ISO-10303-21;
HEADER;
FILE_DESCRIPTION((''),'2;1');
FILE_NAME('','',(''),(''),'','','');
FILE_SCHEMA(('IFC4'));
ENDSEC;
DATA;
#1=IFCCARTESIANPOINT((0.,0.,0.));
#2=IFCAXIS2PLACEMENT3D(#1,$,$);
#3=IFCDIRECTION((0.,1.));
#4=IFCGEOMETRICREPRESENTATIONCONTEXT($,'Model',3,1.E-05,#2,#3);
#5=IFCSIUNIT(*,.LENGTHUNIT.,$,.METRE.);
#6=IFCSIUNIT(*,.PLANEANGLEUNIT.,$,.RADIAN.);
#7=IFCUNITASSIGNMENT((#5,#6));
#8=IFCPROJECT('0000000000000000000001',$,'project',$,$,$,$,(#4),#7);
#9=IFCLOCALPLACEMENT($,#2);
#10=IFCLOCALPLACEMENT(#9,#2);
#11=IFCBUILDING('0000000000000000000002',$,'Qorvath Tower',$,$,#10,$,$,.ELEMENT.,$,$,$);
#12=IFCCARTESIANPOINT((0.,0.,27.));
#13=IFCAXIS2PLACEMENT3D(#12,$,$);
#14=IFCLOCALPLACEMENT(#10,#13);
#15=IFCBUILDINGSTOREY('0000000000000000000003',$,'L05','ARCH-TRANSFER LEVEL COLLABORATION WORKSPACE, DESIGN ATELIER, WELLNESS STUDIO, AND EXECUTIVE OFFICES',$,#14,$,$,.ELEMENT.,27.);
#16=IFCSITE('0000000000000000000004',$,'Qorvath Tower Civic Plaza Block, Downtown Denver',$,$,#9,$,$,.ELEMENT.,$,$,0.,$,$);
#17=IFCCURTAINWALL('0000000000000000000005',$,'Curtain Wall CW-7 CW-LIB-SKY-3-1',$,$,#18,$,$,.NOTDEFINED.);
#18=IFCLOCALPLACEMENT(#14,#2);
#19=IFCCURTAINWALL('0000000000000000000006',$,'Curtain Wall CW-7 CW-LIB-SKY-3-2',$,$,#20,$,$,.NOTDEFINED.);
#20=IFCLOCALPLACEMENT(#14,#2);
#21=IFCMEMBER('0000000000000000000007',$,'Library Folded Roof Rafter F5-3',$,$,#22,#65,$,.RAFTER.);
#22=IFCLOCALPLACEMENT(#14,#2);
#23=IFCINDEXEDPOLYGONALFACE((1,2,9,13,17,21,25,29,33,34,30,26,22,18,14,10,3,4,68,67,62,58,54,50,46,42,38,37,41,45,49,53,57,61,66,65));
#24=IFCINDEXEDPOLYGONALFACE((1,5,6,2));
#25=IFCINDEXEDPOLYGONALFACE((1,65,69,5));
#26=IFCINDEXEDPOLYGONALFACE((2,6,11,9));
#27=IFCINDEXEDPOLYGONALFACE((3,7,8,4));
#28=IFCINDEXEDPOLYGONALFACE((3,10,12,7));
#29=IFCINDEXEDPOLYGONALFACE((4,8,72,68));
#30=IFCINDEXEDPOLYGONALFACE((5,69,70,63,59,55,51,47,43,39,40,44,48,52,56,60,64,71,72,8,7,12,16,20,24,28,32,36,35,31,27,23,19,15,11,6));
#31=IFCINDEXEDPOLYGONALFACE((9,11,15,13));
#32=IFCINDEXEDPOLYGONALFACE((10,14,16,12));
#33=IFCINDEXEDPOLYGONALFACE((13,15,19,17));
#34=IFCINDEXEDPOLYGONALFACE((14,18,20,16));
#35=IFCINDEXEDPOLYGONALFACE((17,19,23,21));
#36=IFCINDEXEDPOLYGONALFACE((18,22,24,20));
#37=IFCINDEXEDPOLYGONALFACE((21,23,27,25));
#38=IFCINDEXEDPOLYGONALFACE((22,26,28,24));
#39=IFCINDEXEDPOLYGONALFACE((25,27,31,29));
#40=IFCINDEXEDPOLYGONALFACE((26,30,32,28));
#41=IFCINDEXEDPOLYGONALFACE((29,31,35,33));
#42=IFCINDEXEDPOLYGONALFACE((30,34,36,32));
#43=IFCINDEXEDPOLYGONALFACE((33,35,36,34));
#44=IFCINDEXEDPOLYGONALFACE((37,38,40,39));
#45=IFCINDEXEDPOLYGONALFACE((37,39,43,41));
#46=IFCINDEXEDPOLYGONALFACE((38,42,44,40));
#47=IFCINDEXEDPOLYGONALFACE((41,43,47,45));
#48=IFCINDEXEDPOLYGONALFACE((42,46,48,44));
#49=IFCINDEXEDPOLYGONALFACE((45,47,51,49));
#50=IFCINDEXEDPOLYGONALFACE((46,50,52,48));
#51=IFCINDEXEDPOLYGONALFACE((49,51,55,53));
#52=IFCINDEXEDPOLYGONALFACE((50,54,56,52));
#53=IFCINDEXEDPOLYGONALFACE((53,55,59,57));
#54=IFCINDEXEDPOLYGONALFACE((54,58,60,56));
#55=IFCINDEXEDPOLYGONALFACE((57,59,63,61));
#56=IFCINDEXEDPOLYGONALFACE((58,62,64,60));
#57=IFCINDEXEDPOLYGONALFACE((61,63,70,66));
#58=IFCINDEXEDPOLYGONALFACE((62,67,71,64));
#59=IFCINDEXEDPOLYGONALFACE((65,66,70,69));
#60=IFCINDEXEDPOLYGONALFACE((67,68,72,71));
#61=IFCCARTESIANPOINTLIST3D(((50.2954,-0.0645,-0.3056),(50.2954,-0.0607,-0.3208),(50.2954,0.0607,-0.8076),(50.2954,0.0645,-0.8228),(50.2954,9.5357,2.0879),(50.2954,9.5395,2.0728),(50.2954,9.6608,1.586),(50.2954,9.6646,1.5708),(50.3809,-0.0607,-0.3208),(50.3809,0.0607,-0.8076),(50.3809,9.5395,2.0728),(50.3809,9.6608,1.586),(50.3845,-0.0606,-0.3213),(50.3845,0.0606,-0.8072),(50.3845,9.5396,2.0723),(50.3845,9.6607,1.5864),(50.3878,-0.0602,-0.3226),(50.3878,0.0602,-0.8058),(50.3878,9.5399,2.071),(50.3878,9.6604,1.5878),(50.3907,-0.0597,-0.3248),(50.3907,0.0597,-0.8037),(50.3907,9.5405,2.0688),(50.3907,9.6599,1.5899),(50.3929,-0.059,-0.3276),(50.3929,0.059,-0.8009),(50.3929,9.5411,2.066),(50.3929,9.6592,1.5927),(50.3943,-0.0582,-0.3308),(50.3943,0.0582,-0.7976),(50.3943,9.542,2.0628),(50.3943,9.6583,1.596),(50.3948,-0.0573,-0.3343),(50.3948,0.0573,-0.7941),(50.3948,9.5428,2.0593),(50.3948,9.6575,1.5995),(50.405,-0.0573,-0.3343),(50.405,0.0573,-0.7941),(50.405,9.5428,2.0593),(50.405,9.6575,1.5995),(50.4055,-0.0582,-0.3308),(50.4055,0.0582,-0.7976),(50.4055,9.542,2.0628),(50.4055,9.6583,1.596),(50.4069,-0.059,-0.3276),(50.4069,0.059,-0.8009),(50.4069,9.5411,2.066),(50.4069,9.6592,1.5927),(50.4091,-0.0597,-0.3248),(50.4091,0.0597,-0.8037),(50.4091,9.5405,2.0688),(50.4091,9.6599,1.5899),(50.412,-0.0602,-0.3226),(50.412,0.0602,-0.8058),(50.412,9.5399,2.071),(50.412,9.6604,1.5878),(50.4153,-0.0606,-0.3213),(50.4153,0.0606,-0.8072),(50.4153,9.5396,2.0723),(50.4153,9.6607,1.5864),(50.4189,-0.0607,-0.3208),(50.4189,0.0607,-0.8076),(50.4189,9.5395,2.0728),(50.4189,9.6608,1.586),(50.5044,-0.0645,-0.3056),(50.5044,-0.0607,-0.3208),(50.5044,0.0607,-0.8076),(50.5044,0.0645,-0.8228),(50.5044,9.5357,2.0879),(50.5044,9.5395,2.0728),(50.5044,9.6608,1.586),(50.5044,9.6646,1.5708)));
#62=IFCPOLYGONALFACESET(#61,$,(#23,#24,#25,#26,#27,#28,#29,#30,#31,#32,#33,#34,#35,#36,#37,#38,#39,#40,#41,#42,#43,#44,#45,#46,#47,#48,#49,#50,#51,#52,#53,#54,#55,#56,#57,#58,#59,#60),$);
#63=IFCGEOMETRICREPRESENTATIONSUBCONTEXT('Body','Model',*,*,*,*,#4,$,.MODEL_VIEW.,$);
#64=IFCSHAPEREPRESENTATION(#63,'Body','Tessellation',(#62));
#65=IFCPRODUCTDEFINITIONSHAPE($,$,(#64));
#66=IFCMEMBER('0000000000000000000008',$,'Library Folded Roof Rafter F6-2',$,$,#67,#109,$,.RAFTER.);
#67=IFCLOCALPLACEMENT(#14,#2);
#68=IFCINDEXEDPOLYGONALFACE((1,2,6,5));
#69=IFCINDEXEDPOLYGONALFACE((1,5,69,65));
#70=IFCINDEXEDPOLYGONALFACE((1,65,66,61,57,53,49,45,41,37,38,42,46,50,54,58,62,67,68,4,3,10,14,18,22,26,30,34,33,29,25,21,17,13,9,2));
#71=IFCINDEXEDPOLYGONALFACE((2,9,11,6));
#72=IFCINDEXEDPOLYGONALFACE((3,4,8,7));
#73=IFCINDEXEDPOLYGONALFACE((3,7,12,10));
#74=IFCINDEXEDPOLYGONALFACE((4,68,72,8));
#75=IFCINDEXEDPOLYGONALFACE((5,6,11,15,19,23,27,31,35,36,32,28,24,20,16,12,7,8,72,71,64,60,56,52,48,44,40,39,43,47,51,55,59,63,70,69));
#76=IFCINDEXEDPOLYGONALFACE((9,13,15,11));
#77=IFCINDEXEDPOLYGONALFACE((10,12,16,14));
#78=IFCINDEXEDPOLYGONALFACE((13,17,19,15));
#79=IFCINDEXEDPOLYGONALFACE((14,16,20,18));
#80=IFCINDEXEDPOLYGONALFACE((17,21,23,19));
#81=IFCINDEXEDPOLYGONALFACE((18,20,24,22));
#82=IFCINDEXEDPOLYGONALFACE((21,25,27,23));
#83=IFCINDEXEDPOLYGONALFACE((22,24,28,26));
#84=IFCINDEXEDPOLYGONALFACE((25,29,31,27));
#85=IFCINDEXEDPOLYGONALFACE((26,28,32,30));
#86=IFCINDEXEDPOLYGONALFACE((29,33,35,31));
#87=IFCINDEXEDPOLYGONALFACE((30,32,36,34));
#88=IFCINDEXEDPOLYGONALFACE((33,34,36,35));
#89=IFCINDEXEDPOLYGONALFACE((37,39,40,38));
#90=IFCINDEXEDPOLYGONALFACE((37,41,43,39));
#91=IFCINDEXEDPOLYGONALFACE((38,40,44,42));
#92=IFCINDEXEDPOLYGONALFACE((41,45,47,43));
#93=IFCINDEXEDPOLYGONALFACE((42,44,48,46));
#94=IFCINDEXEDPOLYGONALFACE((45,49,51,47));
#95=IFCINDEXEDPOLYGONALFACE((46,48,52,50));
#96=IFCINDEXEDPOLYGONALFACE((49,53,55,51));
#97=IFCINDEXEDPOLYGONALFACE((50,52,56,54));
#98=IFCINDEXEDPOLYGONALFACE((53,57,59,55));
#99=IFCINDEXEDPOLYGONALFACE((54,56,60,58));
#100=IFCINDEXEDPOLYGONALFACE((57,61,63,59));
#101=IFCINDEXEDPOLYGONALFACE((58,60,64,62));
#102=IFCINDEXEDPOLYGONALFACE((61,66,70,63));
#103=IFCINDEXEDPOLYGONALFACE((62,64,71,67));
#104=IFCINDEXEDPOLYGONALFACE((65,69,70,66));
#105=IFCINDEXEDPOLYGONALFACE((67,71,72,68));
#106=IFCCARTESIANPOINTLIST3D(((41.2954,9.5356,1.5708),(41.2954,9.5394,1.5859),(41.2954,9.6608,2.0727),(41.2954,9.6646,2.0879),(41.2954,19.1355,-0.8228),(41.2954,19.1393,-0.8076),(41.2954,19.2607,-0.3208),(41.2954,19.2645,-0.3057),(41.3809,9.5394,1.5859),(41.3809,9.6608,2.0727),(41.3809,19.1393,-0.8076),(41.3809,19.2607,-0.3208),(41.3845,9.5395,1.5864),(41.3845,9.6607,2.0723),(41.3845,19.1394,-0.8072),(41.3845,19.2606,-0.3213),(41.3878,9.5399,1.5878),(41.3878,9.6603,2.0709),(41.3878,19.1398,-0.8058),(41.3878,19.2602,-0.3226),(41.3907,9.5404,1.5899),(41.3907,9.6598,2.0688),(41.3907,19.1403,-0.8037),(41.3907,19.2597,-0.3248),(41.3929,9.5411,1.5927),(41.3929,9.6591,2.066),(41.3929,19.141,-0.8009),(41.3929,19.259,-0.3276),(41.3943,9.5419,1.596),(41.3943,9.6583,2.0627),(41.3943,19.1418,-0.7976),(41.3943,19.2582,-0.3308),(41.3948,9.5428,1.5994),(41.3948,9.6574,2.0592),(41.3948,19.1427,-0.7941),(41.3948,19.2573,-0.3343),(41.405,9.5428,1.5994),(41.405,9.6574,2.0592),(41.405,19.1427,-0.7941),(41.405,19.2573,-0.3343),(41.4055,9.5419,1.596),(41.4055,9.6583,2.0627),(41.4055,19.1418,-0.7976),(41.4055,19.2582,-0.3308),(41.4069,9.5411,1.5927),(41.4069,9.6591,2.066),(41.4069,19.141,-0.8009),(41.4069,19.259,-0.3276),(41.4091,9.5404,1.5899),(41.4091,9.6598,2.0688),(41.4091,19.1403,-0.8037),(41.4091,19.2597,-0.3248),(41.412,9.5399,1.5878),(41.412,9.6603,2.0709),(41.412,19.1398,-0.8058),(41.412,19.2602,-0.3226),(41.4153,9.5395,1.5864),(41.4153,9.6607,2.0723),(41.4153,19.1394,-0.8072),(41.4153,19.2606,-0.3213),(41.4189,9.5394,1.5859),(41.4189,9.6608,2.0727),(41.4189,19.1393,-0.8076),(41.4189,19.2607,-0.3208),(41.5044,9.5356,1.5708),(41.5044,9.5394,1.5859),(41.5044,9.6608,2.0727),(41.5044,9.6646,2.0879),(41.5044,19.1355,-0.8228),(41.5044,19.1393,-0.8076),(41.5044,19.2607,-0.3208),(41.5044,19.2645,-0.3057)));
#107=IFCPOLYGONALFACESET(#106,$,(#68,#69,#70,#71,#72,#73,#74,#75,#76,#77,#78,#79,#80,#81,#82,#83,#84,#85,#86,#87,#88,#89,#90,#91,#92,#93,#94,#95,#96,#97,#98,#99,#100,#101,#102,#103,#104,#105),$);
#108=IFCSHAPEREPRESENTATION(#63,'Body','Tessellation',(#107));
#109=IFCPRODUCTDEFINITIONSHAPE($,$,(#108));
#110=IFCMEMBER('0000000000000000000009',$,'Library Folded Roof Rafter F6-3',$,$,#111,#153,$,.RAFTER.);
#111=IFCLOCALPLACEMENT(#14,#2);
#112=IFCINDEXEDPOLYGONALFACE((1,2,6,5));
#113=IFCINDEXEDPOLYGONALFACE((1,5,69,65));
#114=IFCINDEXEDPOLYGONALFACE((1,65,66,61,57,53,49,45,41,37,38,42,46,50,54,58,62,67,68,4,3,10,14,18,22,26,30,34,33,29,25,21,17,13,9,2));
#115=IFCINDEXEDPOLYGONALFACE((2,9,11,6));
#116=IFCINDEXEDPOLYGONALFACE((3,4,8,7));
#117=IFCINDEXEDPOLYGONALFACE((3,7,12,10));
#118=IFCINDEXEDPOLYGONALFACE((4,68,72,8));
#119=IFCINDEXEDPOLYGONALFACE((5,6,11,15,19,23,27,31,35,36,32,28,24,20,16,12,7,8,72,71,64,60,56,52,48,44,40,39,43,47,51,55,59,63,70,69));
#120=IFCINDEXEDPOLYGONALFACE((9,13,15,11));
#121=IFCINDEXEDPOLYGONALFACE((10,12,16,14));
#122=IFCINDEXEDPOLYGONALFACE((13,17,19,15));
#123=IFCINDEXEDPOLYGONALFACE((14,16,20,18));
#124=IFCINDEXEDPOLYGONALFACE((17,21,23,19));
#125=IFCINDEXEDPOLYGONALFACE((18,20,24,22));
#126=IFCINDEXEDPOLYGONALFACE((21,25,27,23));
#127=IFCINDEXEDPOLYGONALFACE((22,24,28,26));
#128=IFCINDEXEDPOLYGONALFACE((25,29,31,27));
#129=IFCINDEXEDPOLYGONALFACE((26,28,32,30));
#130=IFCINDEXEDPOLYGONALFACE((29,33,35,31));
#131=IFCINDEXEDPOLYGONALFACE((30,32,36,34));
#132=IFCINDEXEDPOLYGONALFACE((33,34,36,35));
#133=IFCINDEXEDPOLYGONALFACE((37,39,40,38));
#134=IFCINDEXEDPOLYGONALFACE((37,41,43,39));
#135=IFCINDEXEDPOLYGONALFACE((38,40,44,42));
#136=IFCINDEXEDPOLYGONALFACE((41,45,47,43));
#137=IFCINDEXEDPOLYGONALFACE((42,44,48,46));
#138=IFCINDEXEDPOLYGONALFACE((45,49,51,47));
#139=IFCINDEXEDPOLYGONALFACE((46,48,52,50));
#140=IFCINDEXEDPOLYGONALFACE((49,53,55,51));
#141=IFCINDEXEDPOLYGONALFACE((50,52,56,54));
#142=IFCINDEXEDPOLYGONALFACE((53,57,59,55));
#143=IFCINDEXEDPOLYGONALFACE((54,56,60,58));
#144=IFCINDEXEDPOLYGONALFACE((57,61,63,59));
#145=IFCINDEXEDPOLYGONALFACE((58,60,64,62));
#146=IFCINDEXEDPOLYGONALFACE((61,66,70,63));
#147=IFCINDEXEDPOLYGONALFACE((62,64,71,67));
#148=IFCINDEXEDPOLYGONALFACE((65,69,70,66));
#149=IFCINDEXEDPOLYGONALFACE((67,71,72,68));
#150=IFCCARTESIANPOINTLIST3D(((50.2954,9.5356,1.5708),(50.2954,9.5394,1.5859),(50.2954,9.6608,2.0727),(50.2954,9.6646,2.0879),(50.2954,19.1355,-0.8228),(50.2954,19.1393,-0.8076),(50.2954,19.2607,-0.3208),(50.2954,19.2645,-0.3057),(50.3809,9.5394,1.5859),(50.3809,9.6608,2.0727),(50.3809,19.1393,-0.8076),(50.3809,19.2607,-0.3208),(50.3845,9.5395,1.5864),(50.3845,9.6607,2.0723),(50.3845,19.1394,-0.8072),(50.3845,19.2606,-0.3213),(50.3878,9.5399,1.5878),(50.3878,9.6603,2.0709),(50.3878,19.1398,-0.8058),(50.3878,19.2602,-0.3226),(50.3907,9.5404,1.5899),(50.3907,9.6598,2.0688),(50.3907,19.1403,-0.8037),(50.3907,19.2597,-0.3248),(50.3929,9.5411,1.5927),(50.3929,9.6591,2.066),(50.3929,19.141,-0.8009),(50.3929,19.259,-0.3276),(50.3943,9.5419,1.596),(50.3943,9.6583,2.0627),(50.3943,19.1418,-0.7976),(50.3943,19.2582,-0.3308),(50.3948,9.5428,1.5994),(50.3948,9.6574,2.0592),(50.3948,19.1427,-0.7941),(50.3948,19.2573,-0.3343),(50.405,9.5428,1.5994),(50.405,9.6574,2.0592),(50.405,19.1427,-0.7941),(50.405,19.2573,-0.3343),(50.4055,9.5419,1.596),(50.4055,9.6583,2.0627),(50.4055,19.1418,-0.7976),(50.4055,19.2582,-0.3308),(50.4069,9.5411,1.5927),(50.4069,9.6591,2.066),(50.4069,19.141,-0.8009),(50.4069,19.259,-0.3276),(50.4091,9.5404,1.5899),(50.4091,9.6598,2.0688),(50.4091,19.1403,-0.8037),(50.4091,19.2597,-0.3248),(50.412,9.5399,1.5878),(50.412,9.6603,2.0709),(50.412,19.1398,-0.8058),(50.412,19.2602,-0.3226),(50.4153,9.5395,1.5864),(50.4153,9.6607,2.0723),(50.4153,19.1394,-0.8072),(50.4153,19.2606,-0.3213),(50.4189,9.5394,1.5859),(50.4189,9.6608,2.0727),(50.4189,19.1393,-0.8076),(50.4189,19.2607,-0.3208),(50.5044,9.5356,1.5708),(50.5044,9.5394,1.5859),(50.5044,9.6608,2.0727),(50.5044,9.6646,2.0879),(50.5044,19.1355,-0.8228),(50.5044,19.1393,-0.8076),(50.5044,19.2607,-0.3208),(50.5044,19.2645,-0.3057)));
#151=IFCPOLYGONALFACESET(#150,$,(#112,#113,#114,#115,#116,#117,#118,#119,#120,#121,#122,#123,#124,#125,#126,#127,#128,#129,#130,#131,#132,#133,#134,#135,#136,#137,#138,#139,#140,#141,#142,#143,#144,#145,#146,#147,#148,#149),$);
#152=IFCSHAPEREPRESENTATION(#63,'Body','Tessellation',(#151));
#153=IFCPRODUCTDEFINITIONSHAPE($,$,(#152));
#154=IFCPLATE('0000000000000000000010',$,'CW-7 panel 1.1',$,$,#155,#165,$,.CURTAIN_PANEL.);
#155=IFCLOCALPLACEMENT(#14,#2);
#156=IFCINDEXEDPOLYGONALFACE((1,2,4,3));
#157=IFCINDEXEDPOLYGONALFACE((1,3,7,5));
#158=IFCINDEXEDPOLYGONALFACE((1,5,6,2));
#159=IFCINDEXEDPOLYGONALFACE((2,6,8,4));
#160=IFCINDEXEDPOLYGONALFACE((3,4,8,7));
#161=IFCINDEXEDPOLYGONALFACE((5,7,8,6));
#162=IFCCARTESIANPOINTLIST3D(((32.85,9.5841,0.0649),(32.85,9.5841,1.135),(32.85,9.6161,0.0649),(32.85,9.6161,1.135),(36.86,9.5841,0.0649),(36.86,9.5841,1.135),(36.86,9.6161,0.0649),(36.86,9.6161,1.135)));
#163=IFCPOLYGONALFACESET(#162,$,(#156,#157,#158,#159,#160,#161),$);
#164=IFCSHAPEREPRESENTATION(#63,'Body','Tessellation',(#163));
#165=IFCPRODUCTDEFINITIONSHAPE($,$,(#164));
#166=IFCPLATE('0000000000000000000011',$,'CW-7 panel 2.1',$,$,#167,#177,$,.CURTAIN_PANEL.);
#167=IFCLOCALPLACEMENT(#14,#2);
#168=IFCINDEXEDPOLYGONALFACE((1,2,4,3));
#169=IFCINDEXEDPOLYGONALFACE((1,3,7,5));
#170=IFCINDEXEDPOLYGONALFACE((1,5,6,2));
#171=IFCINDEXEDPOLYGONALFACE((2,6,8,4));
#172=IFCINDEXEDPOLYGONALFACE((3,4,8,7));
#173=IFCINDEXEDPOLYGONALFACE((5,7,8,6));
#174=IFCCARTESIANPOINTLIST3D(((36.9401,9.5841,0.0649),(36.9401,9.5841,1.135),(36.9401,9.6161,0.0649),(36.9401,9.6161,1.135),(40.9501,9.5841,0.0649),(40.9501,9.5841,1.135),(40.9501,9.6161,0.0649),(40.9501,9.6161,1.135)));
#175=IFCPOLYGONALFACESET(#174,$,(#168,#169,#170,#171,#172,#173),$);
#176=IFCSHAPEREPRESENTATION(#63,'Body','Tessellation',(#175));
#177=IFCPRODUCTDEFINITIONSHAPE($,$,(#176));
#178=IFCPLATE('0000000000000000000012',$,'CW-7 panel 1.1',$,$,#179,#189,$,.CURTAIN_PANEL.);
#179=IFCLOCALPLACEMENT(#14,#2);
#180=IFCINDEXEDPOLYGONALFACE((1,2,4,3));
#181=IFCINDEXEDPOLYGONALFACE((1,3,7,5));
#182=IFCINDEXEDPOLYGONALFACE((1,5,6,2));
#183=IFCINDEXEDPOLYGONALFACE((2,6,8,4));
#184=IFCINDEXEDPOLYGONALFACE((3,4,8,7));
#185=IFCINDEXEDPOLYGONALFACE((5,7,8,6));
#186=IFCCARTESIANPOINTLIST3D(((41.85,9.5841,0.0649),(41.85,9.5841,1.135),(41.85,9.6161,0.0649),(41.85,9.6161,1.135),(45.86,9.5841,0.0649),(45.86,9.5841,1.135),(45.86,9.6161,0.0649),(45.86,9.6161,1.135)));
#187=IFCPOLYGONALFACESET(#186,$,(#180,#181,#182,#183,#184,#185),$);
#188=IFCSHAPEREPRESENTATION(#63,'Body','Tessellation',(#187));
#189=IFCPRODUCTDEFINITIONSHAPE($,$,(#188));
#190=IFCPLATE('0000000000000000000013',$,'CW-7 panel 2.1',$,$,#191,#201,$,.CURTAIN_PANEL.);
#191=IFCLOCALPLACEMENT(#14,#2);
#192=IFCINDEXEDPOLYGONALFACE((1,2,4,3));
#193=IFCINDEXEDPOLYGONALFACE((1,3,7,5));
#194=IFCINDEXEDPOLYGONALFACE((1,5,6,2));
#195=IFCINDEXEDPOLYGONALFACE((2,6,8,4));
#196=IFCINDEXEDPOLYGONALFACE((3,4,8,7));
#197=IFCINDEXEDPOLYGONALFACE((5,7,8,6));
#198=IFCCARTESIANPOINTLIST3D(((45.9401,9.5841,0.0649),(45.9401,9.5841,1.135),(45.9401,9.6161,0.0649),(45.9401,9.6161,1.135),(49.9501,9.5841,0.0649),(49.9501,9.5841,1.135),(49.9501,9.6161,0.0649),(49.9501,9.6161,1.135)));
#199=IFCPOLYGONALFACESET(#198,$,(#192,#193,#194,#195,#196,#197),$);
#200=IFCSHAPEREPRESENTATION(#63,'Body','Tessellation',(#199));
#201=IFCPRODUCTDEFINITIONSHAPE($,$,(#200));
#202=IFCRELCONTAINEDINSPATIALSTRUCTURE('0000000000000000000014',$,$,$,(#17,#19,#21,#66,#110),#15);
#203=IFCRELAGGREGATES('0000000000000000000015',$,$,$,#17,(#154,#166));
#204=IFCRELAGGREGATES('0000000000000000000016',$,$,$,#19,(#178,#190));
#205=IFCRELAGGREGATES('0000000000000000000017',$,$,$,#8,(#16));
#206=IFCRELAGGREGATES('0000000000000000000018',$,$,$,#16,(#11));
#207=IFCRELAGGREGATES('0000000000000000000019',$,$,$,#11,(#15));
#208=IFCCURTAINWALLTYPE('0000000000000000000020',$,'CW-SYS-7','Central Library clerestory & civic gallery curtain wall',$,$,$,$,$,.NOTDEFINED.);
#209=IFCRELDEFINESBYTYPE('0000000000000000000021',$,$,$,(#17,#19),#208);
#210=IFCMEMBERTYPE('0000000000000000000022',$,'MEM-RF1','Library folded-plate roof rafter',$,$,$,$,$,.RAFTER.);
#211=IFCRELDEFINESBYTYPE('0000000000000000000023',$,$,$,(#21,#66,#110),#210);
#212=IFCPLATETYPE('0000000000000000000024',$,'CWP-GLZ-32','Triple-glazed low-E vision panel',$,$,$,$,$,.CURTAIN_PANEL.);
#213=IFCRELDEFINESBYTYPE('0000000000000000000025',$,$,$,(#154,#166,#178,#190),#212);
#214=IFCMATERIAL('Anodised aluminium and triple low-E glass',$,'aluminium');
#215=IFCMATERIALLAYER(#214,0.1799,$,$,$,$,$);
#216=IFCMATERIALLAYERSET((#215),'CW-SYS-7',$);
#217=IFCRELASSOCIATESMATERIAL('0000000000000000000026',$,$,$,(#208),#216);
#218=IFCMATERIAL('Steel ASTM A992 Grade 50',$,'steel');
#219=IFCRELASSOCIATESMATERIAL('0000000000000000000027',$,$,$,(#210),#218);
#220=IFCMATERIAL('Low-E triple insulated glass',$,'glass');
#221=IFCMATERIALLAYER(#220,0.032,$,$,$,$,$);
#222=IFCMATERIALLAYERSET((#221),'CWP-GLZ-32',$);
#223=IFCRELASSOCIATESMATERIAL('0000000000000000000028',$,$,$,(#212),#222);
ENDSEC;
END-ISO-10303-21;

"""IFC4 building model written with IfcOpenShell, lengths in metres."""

from ifc_helpers import new_model, si_unit, direction, frame, origin, origin_2d, place, context, subcontext, project, spatial, rectangle, i_section, extrude, material, layer, layer_set, material_profile, profile_set, type_object, element, aggregate, save


model = new_model("IFC4")

# Units and contexts
model_context = context("Model", 3, precision=1e-05, world=origin(), true_north=direction((0.0, 1.0)))
body_context = subcontext(model_context, "Body", "Model", "MODEL_VIEW")
ifc_project = project(units=[si_unit("LENGTHUNIT", "METRE"), si_unit("PLANEANGLEUNIT", "RADIAN")], contexts=[model_context])

# Site, building, storey
site_placement = place(None, origin())
site = spatial("IfcSite", under=ifc_project, at=site_placement, Name="Qorvath Tower Civic Plaza Block, Downtown Denver", CompositionType="ELEMENT", RefElevation=0.0)
building_placement = place(site_placement, origin())
building = spatial("IfcBuilding", under=site, at=building_placement, Name="Qorvath Tower", CompositionType="ELEMENT")
storey_placement = place(building_placement, frame((0.0, 0.0, 27.0)))
storey = spatial("IfcBuildingStorey", under=building, at=storey_placement, Name="L05", Description="ARCH-TRANSFER LEVEL COLLABORATION WORKSPACE, DESIGN ATELIER, WELLNESS STUDIO, AND EXECUTIVE OFFICES", CompositionType="ELEMENT", Elevation=27.0)

# Curtain walls
ifc_material_1 = material(Name="Anodised aluminium and triple low-E glass", Category="aluminium")
ifc_layer_1 = layer(ifc_material_1, 0.1799)
ifc_layer_set_1 = layer_set([ifc_layer_1], Name="CW-SYS-7")
curtain_wall_type = type_object("IfcCurtainWallType", Name="CW-SYS-7", Description="Central Library clerestory & civic gallery curtain wall", PredefinedType="NOTDEFINED", material=ifc_layer_set_1)
curtain_wall_1_placement = place(storey_placement, origin())
curtain_wall_1 = element("IfcCurtainWall", 1, at=curtain_wall_1_placement, inside=storey, type_object=curtain_wall_type, Name="Curtain Wall CW-7 CW-LIB-SKY-3-1", PredefinedType="NOTDEFINED")
curtain_wall_2_placement = place(storey_placement, origin())
curtain_wall_2 = element("IfcCurtainWall", 2, at=curtain_wall_2_placement, inside=storey, type_object=curtain_wall_type, Name="Curtain Wall CW-7 CW-LIB-SKY-3-2", PredefinedType="NOTDEFINED")

# Members
ifc_material_2 = material(Name="Steel ASTM A992 Grade 50", Category="steel")
ifc_material_profile_1 = material_profile(ifc_material_2, i_section(OverallWidth=0.209, OverallDepth=0.533, WebThickness=0.0103, FlangeThickness=0.0156, FilletRadius=0.0139, at=origin_2d()), Name="W21x62")
ifc_profile_set_1 = profile_set([ifc_material_profile_1], Name="Steel ASTM A992 Grade 50")
member_type_1 = type_object("IfcMemberType", Name="MEM-RF1", Description="Library folded-plate roof rafter", PredefinedType="RAFTER", material=ifc_profile_set_1)
for number, where, z_axis, x_axis, name in (
    (3, (50.3999, 0.0, -0.5642), (0.0, 0.970296, 0.24192), (-1.0, 0.0, 0.0), "Library Folded Roof Rafter F5-3"),
):
    element("IfcMember", number, at=place(storey_placement, frame(where, z_axis=z_axis, x_axis=x_axis)), inside=storey, type_object=member_type_1, Name=name, PredefinedType="RAFTER", context=body_context, shape_type="SweptSolid", body=[
        extrude(i_section(OverallWidth=0.209, OverallDepth=0.533, WebThickness=0.0103, FlangeThickness=0.0156, FilletRadius=0.0139, at=origin_2d()), origin(), (0.0, 0.0, 1.0), 9.894),
    ])
for number, where, z_axis, x_axis, name in (
    (4, (41.3999, 9.6001, 1.8293), (0.0, 0.970295, -0.241926), (-1.0, 0.0, 0.0), "Library Folded Roof Rafter F6-2"),
    (5, (50.3999, 9.6001, 1.8293), (0.0, 0.970295, -0.241926), (-1.0, 0.0, 0.0), "Library Folded Roof Rafter F6-3"),
):
    element("IfcMember", number, at=place(storey_placement, frame(where, z_axis=z_axis, x_axis=x_axis)), inside=storey, type_object=member_type_1, Name=name, PredefinedType="RAFTER", context=body_context, shape_type="SweptSolid", body=[
        extrude(i_section(OverallWidth=0.209, OverallDepth=0.533, WebThickness=0.0103, FlangeThickness=0.0156, FilletRadius=0.0139, at=origin_2d()), origin(), (0.0, 0.0, 1.0), 9.8938),
    ])

# Plates
ifc_material_3 = material(Name="Low-E triple insulated glass", Category="glass")
ifc_layer_2 = layer(ifc_material_3, 0.032)
ifc_layer_set_2 = layer_set([ifc_layer_2], Name="CWP-GLZ-32")
plate_type = type_object("IfcPlateType", Name="CWP-GLZ-32", Description="Triple-glazed low-E vision panel", PredefinedType="CURTAIN_PANEL", material=ifc_layer_set_2)
plate_1_placement = place(storey_placement, frame((34.855, 9.6001, 0.0649), z_axis=(0.0, 0.0, 1.0), x_axis=(1.0, 0.0, 0.0)))
plate_1 = element("IfcPlate", 6, at=plate_1_placement, type_object=plate_type, Name="CW-7 panel 1.1", PredefinedType="CURTAIN_PANEL", context=body_context, shape_type="SweptSolid", body=[
    extrude(rectangle(XDim=4.01, YDim=0.032, at=origin_2d()), origin(), (0.0, 0.0, 1.0), 1.0701),
])
plate_2_placement = place(storey_placement, frame((38.9451, 9.6001, 0.0649), z_axis=(0.0, 0.0, 1.0), x_axis=(1.0, 0.0, 0.0)))
plate_2 = element("IfcPlate", 7, at=plate_2_placement, type_object=plate_type, Name="CW-7 panel 2.1", PredefinedType="CURTAIN_PANEL", context=body_context, shape_type="SweptSolid", body=[
    extrude(rectangle(XDim=4.01, YDim=0.032, at=origin_2d()), origin(), (0.0, 0.0, 1.0), 1.0701),
])
aggregate(curtain_wall_1, [plate_1, plate_2])
plate_3_placement = place(storey_placement, frame((43.855, 9.6001, 0.0649), z_axis=(0.0, 0.0, 1.0), x_axis=(1.0, 0.0, 0.0)))
plate_3 = element("IfcPlate", 8, at=plate_3_placement, type_object=plate_type, Name="CW-7 panel 1.1", PredefinedType="CURTAIN_PANEL", context=body_context, shape_type="SweptSolid", body=[
    extrude(rectangle(XDim=4.01, YDim=0.032, at=origin_2d()), origin(), (0.0, 0.0, 1.0), 1.0701),
])
plate_4_placement = place(storey_placement, frame((47.9451, 9.6001, 0.0649), z_axis=(0.0, 0.0, 1.0), x_axis=(1.0, 0.0, 0.0)))
plate_4 = element("IfcPlate", 9, at=plate_4_placement, type_object=plate_type, Name="CW-7 panel 2.1", PredefinedType="CURTAIN_PANEL", context=body_context, shape_type="SweptSolid", body=[
    extrude(rectangle(XDim=4.01, YDim=0.032, at=origin_2d()), origin(), (0.0, 0.0, 1.0), 1.0701),
])
aggregate(curtain_wall_2, [plate_3, plate_4])

save(model, "model.ifc")
